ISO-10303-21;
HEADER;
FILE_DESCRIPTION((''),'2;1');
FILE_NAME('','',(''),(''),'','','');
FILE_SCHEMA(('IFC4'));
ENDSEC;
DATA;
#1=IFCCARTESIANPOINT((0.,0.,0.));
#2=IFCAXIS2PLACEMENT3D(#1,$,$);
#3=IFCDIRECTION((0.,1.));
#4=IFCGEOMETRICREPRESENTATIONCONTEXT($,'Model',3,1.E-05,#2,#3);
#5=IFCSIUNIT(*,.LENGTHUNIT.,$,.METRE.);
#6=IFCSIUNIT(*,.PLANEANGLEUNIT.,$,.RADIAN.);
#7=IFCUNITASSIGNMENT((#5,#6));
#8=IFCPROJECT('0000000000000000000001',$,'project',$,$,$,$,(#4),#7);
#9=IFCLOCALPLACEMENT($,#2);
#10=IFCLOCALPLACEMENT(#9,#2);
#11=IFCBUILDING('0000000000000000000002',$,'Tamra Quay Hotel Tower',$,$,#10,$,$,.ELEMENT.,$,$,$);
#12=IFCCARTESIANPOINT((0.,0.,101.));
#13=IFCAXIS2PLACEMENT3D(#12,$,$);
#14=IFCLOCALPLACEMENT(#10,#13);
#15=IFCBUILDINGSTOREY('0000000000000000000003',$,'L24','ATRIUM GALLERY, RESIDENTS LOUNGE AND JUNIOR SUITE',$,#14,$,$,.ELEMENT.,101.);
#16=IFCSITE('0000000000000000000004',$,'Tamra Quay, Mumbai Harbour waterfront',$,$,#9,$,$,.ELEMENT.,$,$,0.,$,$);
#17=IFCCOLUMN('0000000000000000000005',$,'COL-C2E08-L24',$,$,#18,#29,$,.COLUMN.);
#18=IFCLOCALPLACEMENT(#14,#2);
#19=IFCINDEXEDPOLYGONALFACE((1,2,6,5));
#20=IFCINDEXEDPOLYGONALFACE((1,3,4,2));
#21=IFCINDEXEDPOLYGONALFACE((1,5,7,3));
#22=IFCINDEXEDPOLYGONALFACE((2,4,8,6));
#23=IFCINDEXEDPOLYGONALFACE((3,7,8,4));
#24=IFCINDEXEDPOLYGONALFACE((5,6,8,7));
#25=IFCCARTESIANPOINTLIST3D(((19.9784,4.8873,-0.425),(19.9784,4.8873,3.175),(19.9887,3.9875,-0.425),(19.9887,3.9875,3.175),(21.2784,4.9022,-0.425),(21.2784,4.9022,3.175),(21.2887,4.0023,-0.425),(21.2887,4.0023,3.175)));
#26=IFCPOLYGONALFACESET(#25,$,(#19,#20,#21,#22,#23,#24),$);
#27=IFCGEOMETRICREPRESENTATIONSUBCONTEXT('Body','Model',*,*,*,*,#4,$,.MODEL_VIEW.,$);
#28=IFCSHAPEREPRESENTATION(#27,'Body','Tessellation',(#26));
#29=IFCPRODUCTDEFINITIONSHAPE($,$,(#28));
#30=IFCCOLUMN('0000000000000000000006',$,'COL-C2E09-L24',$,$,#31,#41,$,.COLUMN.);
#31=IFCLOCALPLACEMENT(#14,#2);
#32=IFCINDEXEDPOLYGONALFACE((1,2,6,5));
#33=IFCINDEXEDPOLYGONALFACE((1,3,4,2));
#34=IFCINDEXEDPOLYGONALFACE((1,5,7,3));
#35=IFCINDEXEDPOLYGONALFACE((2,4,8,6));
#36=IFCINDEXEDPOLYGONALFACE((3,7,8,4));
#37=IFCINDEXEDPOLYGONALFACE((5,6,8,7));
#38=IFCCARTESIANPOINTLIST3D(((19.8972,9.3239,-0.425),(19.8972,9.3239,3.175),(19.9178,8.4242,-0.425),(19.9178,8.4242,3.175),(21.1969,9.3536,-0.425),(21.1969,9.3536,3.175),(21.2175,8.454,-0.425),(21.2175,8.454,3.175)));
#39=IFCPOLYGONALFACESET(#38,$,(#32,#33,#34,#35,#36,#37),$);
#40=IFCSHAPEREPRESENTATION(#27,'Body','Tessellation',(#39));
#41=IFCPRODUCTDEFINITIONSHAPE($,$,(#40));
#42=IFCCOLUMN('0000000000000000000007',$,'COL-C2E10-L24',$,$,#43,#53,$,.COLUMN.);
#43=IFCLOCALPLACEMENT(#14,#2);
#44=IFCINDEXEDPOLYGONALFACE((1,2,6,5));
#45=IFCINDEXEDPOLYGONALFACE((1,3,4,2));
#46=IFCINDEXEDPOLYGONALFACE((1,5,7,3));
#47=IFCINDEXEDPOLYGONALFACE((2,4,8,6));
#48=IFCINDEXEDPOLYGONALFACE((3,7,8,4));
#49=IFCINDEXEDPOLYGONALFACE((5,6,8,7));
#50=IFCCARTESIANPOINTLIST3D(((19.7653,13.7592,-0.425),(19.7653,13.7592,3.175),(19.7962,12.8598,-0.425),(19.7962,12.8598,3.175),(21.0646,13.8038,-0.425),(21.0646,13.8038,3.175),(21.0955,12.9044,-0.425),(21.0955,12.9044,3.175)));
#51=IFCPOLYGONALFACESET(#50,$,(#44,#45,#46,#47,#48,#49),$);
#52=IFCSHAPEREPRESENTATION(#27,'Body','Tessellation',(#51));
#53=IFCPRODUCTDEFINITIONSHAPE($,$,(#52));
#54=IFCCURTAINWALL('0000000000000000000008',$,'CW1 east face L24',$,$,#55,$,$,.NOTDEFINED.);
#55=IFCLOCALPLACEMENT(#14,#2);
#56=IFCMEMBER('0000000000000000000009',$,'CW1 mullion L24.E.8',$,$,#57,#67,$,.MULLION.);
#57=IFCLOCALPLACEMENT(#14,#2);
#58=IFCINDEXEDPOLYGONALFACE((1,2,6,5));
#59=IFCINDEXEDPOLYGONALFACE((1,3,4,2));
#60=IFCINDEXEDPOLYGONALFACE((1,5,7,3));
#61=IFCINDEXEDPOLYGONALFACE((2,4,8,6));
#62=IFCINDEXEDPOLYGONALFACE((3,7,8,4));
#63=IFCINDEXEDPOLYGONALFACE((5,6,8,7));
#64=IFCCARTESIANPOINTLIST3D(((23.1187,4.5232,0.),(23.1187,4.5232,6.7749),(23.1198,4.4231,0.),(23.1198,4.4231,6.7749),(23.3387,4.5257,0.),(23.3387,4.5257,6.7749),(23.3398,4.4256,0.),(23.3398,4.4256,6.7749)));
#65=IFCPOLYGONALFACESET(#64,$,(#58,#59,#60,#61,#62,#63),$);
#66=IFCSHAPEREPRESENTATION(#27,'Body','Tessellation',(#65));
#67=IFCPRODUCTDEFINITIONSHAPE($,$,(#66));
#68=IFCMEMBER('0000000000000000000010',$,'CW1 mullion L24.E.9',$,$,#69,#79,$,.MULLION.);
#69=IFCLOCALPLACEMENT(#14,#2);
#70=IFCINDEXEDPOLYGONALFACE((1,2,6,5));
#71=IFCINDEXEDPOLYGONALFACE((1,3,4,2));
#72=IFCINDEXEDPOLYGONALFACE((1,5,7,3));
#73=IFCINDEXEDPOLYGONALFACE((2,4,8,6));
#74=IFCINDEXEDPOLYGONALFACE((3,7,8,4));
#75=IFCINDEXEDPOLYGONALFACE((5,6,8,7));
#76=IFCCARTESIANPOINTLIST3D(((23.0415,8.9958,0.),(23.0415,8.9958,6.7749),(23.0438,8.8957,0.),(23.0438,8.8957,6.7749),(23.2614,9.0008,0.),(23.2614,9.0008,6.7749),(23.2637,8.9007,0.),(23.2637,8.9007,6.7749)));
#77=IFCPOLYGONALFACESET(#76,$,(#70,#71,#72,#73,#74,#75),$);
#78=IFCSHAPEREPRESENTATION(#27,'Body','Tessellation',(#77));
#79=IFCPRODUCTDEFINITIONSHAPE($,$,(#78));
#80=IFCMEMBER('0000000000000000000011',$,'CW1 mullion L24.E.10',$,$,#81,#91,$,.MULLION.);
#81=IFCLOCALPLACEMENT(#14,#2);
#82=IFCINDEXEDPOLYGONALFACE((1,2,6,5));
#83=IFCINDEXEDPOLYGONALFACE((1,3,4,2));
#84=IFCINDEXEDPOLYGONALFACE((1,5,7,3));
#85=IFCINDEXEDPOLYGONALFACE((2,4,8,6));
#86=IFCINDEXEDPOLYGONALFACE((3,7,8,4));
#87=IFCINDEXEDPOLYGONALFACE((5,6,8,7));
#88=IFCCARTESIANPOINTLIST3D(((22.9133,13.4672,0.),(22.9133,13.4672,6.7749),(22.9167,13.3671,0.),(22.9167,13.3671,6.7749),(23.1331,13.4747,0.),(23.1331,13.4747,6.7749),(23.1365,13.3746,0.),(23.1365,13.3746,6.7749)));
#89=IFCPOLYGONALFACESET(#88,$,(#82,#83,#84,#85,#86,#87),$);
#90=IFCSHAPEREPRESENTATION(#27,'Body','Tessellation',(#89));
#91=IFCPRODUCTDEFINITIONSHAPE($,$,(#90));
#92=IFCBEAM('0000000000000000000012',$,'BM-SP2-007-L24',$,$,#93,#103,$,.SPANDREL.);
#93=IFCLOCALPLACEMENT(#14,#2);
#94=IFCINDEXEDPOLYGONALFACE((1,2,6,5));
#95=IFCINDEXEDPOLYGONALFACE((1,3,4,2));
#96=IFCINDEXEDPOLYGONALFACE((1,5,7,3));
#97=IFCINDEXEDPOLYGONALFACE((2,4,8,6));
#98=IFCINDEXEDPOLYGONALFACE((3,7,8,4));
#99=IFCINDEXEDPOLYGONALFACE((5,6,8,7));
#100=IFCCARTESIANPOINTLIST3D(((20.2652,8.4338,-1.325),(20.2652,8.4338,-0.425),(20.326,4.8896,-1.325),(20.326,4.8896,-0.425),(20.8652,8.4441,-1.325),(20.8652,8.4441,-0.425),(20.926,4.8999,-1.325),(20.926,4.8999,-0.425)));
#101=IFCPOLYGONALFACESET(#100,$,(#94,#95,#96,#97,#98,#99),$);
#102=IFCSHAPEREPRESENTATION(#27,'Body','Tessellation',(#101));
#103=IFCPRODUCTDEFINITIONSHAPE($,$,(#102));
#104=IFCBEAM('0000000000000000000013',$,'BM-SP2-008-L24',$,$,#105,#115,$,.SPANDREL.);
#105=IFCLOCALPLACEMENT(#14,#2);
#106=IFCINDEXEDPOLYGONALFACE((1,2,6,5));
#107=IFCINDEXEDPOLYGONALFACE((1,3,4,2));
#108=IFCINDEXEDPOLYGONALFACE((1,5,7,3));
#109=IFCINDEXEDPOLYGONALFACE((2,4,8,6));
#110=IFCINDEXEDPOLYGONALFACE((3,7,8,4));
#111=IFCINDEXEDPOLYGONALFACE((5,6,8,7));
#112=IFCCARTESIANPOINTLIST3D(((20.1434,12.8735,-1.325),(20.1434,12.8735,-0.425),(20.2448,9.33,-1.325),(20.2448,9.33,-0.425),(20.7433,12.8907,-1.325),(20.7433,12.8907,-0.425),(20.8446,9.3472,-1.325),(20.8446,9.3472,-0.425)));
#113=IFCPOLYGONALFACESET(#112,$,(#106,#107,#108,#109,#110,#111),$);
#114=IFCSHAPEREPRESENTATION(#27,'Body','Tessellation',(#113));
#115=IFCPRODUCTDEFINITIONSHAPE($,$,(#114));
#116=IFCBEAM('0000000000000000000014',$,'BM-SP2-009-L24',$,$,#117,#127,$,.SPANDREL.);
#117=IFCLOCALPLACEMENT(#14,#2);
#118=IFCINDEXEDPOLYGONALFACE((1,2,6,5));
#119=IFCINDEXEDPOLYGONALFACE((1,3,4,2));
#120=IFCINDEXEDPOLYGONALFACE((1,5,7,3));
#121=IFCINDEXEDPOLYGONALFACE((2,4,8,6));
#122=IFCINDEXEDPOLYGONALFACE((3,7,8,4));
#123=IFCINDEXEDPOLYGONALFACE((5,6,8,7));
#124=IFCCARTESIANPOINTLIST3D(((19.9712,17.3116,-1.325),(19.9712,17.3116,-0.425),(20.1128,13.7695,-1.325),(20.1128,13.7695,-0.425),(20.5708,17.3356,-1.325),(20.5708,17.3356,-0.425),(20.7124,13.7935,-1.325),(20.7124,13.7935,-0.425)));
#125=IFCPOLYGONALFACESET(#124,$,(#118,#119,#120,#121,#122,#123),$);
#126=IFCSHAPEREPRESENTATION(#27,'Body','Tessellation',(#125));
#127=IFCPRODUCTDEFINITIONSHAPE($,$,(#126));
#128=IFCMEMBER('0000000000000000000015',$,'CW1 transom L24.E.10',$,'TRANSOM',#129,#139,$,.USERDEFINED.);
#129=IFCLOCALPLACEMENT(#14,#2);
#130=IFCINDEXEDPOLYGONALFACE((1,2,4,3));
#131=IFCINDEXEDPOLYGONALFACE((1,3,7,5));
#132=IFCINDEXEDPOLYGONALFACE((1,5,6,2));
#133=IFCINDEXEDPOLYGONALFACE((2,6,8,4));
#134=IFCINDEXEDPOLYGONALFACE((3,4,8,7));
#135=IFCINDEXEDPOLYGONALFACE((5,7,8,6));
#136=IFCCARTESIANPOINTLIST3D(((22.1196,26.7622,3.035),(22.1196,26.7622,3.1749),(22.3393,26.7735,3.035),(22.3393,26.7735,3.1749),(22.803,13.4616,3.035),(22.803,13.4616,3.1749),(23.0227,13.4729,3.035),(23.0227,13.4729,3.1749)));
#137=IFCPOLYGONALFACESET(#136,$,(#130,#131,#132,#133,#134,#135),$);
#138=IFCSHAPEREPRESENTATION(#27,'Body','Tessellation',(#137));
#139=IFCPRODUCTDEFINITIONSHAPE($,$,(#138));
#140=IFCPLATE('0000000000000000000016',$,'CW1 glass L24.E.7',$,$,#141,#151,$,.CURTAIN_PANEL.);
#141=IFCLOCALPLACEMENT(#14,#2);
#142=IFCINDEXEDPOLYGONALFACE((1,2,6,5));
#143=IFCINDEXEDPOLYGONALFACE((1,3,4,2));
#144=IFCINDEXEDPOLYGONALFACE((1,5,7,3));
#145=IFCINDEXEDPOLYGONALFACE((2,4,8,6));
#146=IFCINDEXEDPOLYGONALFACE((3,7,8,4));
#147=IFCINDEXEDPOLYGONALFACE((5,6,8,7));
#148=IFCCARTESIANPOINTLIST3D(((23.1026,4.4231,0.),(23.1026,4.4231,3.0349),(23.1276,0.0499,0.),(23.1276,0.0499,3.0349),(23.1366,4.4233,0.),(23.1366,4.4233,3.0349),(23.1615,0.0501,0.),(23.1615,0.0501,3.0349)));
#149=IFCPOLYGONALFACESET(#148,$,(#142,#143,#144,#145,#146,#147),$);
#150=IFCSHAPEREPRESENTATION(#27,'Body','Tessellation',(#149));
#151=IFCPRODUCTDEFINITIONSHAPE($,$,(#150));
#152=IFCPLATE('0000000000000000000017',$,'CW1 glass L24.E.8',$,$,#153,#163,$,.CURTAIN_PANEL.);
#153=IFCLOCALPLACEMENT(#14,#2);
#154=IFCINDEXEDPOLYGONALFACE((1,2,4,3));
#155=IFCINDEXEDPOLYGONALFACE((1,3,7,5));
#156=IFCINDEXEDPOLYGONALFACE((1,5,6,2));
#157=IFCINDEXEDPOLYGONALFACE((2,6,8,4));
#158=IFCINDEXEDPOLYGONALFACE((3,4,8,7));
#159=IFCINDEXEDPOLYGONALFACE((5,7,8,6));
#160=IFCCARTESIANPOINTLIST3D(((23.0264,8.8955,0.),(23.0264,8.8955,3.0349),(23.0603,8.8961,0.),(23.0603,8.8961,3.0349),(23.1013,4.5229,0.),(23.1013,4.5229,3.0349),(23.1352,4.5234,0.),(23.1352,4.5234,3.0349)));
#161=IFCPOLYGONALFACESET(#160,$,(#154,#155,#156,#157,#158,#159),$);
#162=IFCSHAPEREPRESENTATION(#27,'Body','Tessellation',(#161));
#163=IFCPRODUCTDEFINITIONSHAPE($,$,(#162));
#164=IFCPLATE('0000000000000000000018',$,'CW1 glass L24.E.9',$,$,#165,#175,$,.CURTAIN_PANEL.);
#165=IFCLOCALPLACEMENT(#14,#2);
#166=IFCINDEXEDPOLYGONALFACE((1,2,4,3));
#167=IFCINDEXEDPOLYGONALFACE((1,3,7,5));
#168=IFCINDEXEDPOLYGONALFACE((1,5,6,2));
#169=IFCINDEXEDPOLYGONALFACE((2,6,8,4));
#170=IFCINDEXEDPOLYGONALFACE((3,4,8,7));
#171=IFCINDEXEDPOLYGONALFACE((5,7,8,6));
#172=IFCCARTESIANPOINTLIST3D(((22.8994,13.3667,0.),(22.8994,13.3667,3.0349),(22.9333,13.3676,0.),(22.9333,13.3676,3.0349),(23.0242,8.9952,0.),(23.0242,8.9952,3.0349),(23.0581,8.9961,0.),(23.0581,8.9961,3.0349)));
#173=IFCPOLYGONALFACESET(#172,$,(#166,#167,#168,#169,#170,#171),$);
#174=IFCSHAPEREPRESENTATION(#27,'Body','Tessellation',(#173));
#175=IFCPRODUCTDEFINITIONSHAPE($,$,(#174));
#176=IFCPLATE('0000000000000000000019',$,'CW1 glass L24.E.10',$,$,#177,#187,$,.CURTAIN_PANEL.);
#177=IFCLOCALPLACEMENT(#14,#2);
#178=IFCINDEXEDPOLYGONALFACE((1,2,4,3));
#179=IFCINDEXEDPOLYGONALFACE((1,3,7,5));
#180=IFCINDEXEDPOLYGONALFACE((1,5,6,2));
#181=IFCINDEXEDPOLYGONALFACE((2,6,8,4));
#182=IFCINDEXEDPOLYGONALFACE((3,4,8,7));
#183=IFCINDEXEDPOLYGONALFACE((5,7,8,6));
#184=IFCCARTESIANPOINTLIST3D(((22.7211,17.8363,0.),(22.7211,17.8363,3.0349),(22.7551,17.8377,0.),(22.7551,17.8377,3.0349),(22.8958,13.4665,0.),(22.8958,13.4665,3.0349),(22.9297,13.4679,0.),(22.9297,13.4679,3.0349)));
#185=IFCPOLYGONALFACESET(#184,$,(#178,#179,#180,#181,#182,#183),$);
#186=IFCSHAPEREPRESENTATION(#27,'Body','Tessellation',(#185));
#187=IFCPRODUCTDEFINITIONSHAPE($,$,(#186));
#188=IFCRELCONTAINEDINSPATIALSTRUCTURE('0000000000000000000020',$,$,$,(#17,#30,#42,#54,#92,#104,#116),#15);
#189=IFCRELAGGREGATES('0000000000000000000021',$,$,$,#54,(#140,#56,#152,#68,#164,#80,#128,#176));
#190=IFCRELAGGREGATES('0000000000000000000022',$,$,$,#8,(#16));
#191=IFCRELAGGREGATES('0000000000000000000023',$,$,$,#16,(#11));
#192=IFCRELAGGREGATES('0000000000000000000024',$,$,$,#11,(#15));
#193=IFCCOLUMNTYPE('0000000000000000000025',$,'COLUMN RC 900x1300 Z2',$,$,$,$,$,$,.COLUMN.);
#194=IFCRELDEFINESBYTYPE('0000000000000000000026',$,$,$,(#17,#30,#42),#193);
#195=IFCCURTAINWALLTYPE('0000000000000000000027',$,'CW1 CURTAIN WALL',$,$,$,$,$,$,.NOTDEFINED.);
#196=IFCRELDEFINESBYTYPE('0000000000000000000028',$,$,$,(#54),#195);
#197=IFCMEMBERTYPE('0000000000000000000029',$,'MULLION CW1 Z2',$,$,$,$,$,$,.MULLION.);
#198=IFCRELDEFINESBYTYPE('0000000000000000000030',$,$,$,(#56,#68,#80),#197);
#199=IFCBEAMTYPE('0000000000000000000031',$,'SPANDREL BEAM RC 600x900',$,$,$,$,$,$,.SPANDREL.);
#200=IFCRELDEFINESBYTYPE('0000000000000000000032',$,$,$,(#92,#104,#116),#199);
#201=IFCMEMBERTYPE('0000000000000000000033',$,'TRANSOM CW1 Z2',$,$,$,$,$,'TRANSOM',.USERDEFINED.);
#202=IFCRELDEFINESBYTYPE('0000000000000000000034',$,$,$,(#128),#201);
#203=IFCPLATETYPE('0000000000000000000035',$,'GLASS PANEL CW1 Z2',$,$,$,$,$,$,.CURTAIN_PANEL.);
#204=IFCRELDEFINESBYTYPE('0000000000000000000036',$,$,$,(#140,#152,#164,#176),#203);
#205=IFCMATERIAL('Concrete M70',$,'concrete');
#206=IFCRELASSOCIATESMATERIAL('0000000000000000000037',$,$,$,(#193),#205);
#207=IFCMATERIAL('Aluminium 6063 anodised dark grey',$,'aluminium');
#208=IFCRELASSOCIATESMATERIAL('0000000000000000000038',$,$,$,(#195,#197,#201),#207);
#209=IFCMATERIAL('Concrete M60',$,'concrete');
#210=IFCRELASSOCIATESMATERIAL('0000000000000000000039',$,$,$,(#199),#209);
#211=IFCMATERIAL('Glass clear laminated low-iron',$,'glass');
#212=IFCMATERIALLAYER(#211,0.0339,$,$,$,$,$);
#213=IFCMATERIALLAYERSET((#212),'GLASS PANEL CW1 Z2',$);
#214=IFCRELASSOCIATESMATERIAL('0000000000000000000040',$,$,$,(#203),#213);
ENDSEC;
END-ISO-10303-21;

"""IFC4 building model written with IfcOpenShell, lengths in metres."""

from ifc_helpers import new_model, si_unit, direction, frame, origin, origin_2d, place, context, subcontext, project, spatial, rectangle, extrude, material, layer, layer_set, material_profile, profile_set, type_object, element, aggregate, save


model = new_model("IFC4")

# Units and contexts
model_context = context("Model", 3, precision=1e-05, world=origin(), true_north=direction((0.0, 1.0)))
body_context = subcontext(model_context, "Body", "Model", "MODEL_VIEW")
ifc_project = project(units=[si_unit("LENGTHUNIT", "METRE"), si_unit("PLANEANGLEUNIT", "RADIAN")], contexts=[model_context])

# Site, building, storey
site_placement = place(None, origin())
site = spatial("IfcSite", under=ifc_project, at=site_placement, Name="Tamra Quay, Mumbai Harbour waterfront", CompositionType="ELEMENT", RefElevation=0.0)
building_placement = place(site_placement, origin())
building = spatial("IfcBuilding", under=site, at=building_placement, Name="Tamra Quay Hotel Tower", CompositionType="ELEMENT")
storey_placement = place(building_placement, frame((0.0, 0.0, 101.0)))
storey = spatial("IfcBuildingStorey", under=building, at=storey_placement, Name="L24", Description="ATRIUM GALLERY, RESIDENTS LOUNGE AND JUNIOR SUITE", CompositionType="ELEMENT", Elevation=101.0)

# Columns
ifc_material_1 = material(Name="Concrete M70", Category="concrete")
ifc_material_profile_1 = material_profile(ifc_material_1, rectangle(XDim=1.3, YDim=0.8999, at=origin_2d()), Name="COLUMN RC 900x1300 Z2")
ifc_profile_set_1 = profile_set([ifc_material_profile_1], Name="Concrete M70")
column_type = type_object("IfcColumnType", Name="COLUMN RC 900x1300 Z2", PredefinedType="COLUMN", material=ifc_profile_set_1)
for number, where, z_axis, x_axis, name in (
    (1, (20.6335, 4.4448, -0.425), (0.0, 0.0, 1.0), (0.999935, 0.011439, 0.0), "COL-C2E08-L24"),
    (2, (20.5574, 8.8889, -0.425), (0.0, 0.0, 1.0), (0.999738, 0.022874, 0.0), "COL-C2E09-L24"),
    (3, (20.4304, 13.3318, -0.425), (0.0, 0.0, 1.0), (0.999412, 0.034299, 0.0), "COL-C2E10-L24"),
):
    element("IfcColumn", number, at=place(storey_placement, frame(where, z_axis=z_axis, x_axis=x_axis)), inside=storey, type_object=column_type, Name=name, PredefinedType="COLUMN", context=body_context, shape_type="SweptSolid", body=[
        extrude(rectangle(XDim=1.3, YDim=0.8999, at=origin_2d()), origin(), (0.0, 0.0, 1.0), 3.6001),
    ])

# Curtain wall, members
ifc_material_2 = material(Name="Aluminium 6063 anodised dark grey", Category="aluminium")
curtain_wall_type = type_object("IfcCurtainWallType", Name="CW1 CURTAIN WALL", PredefinedType="NOTDEFINED", material=ifc_material_2)
curtain_wall_placement = place(storey_placement, origin())
curtain_wall = element("IfcCurtainWall", 4, at=curtain_wall_placement, inside=storey, type_object=curtain_wall_type, Name="CW1 east face L24", PredefinedType="NOTDEFINED")
ifc_material_profile_2 = material_profile(ifc_material_2, rectangle(XDim=0.22, YDim=0.1001, at=origin_2d()), Name="MULLION 100X220")
ifc_profile_set_2 = profile_set([ifc_material_profile_2], Name="Aluminium 6063 anodised dark grey")
member_type_1 = type_object("IfcMemberType", Name="MULLION CW1 Z2", PredefinedType="MULLION", material=ifc_profile_set_2)
member_1_placement = place(storey_placement, frame((23.2292, 4.4744, 0.0), z_axis=(0.0, 0.0, 1.0), x_axis=(0.999935, 0.011424, 0.0)))
member_1 = element("IfcMember", 5, at=member_1_placement, type_object=member_type_1, Name="CW1 mullion L24.E.8", PredefinedType="MULLION", context=body_context, shape_type="SweptSolid", body=[
    extrude(rectangle(XDim=0.22, YDim=0.1001, at=origin_2d()), origin(), (0.0, 0.0, 1.0), 6.7749),
])
member_2_placement = place(storey_placement, frame((23.1526, 8.9482, 0.0), z_axis=(0.0, 0.0, 1.0), x_axis=(0.999739, 0.022841, 0.0)))
member_2 = element("IfcMember", 6, at=member_2_placement, type_object=member_type_1, Name="CW1 mullion L24.E.9", PredefinedType="MULLION", context=body_context, shape_type="SweptSolid", body=[
    extrude(rectangle(XDim=0.22, YDim=0.1001, at=origin_2d()), origin(), (0.0, 0.0, 1.0), 6.7749),
])
member_3_placement = place(storey_placement, frame((23.0249, 13.4209, 0.0), z_axis=(0.0, 0.0, 1.0), x_axis=(0.999413, 0.034246, 0.0)))
member_3 = element("IfcMember", 7, at=member_3_placement, type_object=member_type_1, Name="CW1 mullion L24.E.10", PredefinedType="MULLION", context=body_context, shape_type="SweptSolid", body=[
    extrude(rectangle(XDim=0.22, YDim=0.1001, at=origin_2d()), origin(), (0.0, 0.0, 1.0), 6.7749),
])

# Beams
ifc_material_3 = material(Name="Concrete M60", Category="concrete")
ifc_material_profile_3 = material_profile(ifc_material_3, rectangle(XDim=0.6001, YDim=0.8999, at=origin_2d()), Name="SPANDREL BEAM RC 600x900")
ifc_profile_set_3 = profile_set([ifc_material_profile_3], Name="Concrete M60")
beam_type = type_object("IfcBeamType", Name="SPANDREL BEAM RC 600x900", PredefinedType="SPANDREL", material=ifc_profile_set_3)
beam_placement = place(storey_placement, frame((20.626, 4.8948, -0.875), z_axis=(-0.01715, 0.999853, 0.0), x_axis=(-0.999853, -0.01715, 0.0)))
element("IfcBeam", 8, at=beam_placement, inside=storey, type_object=beam_type, Name="BM-SP2-007-L24", PredefinedType="SPANDREL", context=body_context, shape_type="SweptSolid", body=[
    extrude(rectangle(XDim=0.6001, YDim=0.8999, at=origin_2d()), origin(), (0.0, 0.0, 1.0), 3.5447),
])
for number, where, z_axis, x_axis, name in (
    (9, (20.5447, 9.3386, -0.875), (-0.028581, 0.999591, 0.0), (-0.999591, -0.028581, 0.0), "BM-SP2-008-L24"),
    (10, (20.4126, 13.7815, -0.875), (-0.039946, 0.999202, 0.0), (-0.999202, -0.039946, 0.0), "BM-SP2-009-L24"),
):
    element("IfcBeam", number, at=place(storey_placement, frame(where, z_axis=z_axis, x_axis=x_axis)), inside=storey, type_object=beam_type, Name=name, PredefinedType="SPANDREL", context=body_context, shape_type="SweptSolid", body=[
        extrude(rectangle(XDim=0.6001, YDim=0.8999, at=origin_2d()), origin(), (0.0, 0.0, 1.0), 3.5449),
    ])

# Member
ifc_material_profile_4 = material_profile(ifc_material_2, rectangle(XDim=0.22, YDim=0.1399, at=origin_2d()), Name="TRANSOM 220X140")
ifc_profile_set_4 = profile_set([ifc_material_profile_4], Name="Aluminium 6063 anodised dark grey")
member_type_2 = type_object("IfcMemberType", Name="TRANSOM CW1 Z2", ElementType="TRANSOM", PredefinedType="USERDEFINED", material=ifc_profile_set_4)
member_4_placement = place(storey_placement, frame((22.9128, 13.4673, 3.105), z_axis=(-0.05131, 0.998683, 0.0), x_axis=(-0.998683, -0.05131, 0.0)))
member_4 = element("IfcMember", 11, at=member_4_placement, type_object=member_type_2, Name="CW1 transom L24.E.10", ObjectType="TRANSOM", PredefinedType="USERDEFINED", context=body_context, shape_type="SweptSolid", body=[
    extrude(rectangle(XDim=0.22, YDim=0.1399, at=origin_2d()), origin(), (0.0, 0.0, 1.0), 13.3181),
])

# Plates
ifc_material_4 = material(Name="Glass clear laminated low-iron", Category="glass")
ifc_layer_1 = layer(ifc_material_4, 0.0339)
ifc_layer_set_1 = layer_set([ifc_layer_1], Name="GLASS PANEL CW1 Z2")
plate_type = type_object("IfcPlateType", Name="GLASS PANEL CW1 Z2", PredefinedType="CURTAIN_PANEL", material=ifc_layer_set_1)
plate_1_placement = place(storey_placement, frame((23.1321, 2.2366, 0.0), z_axis=(0.0, 0.0, 1.0), x_axis=(-0.005713, 0.999984, 0.0)))
plate_1 = element("IfcPlate", 12, at=plate_1_placement, type_object=plate_type, Name="CW1 glass L24.E.7", PredefinedType="CURTAIN_PANEL", context=body_context, shape_type="SweptSolid", body=[
    extrude(rectangle(XDim=4.3733, YDim=0.0339, at=origin_2d()), origin(), (0.0, 0.0, 1.0), 3.0349),
])
plate_2_placement = place(storey_placement, frame((23.0808, 6.7095, 0.0), z_axis=(0.0, 0.0, 1.0), x_axis=(-0.017134, 0.999853, 0.0)))
plate_2 = element("IfcPlate", 13, at=plate_2_placement, type_object=plate_type, Name="CW1 glass L24.E.8", PredefinedType="CURTAIN_PANEL", context=body_context, shape_type="SweptSolid", body=[
    extrude(rectangle(XDim=4.3733, YDim=0.0339, at=origin_2d()), origin(), (0.0, 0.0, 1.0), 3.0349),
])
plate_3_placement = place(storey_placement, frame((22.9788, 11.1814, 0.0), z_axis=(0.0, 0.0, 1.0), x_axis=(-0.028546, 0.999592, 0.0)))
plate_3 = element("IfcPlate", 14, at=plate_3_placement, type_object=plate_type, Name="CW1 glass L24.E.9", PredefinedType="CURTAIN_PANEL", context=body_context, shape_type="SweptSolid", body=[
    extrude(rectangle(XDim=4.3733, YDim=0.0339, at=origin_2d()), origin(), (0.0, 0.0, 1.0), 3.0349),
])
plate_4_placement = place(storey_placement, frame((22.8254, 15.6521, 0.0), z_axis=(0.0, 0.0, 1.0), x_axis=(-0.039944, 0.999202, 0.0)))
plate_4 = element("IfcPlate", 15, at=plate_4_placement, type_object=plate_type, Name="CW1 glass L24.E.10", PredefinedType="CURTAIN_PANEL", context=body_context, shape_type="SweptSolid", body=[
    extrude(rectangle(XDim=4.3733, YDim=0.0339, at=origin_2d()), origin(), (0.0, 0.0, 1.0), 3.0349),
])
aggregate(curtain_wall, [plate_1, member_1, plate_2, member_2, plate_3, member_3, member_4, plate_4])

save(model, "model.ifc")
